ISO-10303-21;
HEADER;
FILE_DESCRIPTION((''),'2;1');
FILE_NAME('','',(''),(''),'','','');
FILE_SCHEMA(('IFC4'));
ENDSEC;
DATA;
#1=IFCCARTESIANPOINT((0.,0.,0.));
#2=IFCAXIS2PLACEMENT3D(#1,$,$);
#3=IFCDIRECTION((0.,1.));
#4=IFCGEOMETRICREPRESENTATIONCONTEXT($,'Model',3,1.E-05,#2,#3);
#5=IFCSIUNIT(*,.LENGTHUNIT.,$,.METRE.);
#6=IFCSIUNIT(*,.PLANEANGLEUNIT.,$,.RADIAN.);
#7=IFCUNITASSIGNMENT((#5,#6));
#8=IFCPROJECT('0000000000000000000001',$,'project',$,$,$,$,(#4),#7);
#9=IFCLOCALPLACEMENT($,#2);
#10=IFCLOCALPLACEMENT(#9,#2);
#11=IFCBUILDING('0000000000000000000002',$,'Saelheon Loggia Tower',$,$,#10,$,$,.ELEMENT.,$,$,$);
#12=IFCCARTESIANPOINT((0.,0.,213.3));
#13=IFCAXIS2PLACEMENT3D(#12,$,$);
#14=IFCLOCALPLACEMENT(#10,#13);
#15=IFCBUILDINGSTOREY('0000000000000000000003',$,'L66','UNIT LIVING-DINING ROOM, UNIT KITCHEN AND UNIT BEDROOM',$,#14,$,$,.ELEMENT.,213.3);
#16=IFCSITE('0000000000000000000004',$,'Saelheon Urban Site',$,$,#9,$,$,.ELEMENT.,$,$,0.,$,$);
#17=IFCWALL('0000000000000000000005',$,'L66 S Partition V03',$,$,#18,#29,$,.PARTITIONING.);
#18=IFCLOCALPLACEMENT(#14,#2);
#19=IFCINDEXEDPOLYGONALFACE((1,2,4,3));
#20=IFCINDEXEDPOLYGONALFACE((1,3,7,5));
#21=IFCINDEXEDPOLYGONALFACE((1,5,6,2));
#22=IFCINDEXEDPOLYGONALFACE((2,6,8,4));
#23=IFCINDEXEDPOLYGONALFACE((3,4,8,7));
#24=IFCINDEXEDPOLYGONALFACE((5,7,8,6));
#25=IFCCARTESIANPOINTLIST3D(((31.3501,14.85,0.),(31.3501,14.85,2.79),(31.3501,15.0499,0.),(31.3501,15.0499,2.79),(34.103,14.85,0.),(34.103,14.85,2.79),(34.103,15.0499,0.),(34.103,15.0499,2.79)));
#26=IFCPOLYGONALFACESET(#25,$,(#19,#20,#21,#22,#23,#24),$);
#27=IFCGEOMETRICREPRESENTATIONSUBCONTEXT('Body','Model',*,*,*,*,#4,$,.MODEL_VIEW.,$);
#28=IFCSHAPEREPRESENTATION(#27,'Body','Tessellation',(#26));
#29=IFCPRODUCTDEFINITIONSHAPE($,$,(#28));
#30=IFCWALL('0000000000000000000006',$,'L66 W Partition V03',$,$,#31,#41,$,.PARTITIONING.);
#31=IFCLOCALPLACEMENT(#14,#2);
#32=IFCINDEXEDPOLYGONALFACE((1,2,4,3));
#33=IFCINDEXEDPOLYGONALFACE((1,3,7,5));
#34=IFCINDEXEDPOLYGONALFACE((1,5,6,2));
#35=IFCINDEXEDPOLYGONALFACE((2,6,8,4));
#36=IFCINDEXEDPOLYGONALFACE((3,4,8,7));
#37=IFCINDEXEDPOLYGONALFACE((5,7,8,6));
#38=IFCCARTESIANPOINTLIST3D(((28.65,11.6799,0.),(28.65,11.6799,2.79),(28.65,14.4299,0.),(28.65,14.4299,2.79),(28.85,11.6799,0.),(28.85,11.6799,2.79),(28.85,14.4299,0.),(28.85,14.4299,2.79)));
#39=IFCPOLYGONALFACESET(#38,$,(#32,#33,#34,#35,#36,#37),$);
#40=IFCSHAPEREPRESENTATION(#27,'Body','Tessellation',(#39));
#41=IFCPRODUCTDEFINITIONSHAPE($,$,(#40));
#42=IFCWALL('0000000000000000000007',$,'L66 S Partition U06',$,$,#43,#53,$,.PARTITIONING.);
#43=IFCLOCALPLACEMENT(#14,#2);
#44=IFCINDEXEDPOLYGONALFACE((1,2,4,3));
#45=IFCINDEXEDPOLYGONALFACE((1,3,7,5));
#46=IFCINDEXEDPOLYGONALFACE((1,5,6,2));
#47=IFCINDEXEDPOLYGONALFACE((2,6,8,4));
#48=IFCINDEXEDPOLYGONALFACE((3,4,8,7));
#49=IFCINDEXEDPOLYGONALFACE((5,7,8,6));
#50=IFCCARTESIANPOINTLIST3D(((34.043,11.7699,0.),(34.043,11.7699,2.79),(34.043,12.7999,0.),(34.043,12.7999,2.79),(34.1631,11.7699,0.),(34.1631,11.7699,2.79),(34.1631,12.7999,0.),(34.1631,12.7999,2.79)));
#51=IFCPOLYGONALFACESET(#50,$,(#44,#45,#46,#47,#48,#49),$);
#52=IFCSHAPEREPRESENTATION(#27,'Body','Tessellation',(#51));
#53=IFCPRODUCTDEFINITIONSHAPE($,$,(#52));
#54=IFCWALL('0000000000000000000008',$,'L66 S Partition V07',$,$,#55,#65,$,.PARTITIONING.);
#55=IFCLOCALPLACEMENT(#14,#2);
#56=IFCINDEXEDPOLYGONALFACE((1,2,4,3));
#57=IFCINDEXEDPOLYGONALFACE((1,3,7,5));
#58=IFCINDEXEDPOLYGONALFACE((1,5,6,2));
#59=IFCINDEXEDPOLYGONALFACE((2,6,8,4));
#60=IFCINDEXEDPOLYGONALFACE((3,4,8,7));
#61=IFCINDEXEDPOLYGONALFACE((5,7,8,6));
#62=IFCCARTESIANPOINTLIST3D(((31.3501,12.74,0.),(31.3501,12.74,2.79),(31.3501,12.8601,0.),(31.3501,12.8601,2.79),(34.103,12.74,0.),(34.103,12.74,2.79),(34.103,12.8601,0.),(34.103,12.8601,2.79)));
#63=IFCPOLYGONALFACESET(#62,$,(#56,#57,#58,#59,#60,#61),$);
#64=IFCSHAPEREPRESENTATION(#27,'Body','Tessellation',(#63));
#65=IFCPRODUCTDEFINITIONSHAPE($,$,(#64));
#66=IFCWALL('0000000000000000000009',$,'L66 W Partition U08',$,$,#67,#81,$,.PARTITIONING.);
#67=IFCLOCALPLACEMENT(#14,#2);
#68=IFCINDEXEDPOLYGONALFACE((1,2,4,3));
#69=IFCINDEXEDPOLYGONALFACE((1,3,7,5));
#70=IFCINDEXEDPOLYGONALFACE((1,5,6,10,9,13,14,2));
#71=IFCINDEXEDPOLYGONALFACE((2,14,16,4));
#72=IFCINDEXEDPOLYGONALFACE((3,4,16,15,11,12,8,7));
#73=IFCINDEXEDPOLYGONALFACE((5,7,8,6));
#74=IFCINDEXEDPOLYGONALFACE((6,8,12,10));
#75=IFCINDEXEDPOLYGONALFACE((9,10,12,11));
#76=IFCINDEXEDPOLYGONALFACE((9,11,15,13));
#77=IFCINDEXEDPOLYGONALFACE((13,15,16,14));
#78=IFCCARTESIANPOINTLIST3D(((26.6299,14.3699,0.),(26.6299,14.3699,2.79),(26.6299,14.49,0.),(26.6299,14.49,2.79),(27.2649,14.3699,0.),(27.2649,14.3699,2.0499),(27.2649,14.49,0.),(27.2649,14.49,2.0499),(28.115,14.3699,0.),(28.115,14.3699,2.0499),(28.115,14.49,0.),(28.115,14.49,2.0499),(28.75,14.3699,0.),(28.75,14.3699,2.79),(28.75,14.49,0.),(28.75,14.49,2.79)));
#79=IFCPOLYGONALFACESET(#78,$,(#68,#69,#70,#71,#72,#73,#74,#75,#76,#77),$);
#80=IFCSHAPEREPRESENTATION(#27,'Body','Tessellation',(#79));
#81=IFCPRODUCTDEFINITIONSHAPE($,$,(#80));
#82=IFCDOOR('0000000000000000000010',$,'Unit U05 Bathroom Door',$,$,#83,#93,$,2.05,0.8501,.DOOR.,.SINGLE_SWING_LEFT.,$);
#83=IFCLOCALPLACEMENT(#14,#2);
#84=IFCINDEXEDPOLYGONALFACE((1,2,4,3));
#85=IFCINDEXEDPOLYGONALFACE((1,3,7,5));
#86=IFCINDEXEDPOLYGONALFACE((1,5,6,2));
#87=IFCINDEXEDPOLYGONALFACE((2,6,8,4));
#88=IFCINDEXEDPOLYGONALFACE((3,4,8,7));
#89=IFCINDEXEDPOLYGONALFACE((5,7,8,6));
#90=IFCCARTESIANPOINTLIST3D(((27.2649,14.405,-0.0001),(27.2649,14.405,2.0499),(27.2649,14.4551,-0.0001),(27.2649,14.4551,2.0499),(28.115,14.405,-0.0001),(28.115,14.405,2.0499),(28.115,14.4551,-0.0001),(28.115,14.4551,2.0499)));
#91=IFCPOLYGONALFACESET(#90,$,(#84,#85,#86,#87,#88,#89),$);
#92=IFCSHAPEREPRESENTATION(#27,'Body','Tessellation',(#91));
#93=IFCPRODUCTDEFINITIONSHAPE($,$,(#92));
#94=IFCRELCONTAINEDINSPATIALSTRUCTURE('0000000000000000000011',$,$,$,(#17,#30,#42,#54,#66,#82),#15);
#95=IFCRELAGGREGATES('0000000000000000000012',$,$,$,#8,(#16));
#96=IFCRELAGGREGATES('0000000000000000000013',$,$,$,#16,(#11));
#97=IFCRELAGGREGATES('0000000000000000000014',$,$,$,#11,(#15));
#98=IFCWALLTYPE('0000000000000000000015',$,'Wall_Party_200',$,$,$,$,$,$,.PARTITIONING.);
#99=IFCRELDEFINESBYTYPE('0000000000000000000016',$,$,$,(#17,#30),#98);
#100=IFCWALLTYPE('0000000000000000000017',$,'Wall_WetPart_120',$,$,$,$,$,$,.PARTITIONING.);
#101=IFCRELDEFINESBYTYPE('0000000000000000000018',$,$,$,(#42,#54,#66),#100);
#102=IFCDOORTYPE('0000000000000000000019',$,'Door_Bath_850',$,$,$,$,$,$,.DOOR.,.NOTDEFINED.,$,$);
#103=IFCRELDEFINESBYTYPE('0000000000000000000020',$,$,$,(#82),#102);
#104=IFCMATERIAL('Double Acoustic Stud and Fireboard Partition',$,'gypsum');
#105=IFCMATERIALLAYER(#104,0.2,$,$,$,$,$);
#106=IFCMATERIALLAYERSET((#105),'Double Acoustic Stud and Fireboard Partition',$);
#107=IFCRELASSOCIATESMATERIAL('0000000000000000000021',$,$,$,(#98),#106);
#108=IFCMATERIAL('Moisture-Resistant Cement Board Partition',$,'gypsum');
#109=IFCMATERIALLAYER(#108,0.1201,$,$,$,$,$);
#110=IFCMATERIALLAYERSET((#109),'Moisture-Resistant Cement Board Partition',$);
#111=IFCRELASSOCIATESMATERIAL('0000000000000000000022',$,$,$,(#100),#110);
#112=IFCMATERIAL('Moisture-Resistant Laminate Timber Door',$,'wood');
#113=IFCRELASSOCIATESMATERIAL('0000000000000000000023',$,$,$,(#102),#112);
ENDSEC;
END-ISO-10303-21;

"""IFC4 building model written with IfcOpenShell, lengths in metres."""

from ifc_helpers import new_model, si_unit, direction, frame, frame_2d, origin, place, context, subcontext, project, spatial, rectangle, extrude, source, transform, mapped, material, layer, layer_set, type_object, element, fill, save


model = new_model("IFC4")

# Units and contexts
model_context = context("Model", 3, precision=1e-05, world=origin(), true_north=direction((0.0, 1.0)))
body_context = subcontext(model_context, "Body", "Model", "MODEL_VIEW")
ifc_project = project(units=[si_unit("LENGTHUNIT", "METRE"), si_unit("PLANEANGLEUNIT", "RADIAN")], contexts=[model_context])

# Site, building, storey
site_placement = place(None, origin())
site = spatial("IfcSite", under=ifc_project, at=site_placement, Name="Saelheon Urban Site", CompositionType="ELEMENT", RefElevation=0.0)
building_placement = place(site_placement, origin())
building = spatial("IfcBuilding", under=site, at=building_placement, Name="Saelheon Loggia Tower", CompositionType="ELEMENT")
storey_placement = place(building_placement, frame((0.0, 0.0, 213.3)))
storey = spatial("IfcBuildingStorey", under=building, at=storey_placement, Name="L66", Description="UNIT LIVING-DINING ROOM, UNIT KITCHEN AND UNIT BEDROOM", CompositionType="ELEMENT", Elevation=213.3)

# Walls
ifc_material_1 = material(Name="Double Acoustic Stud and Fireboard Partition", Category="gypsum")
ifc_layer_1 = layer(ifc_material_1, 0.2)
ifc_layer_set_1 = layer_set([ifc_layer_1], Name="Double Acoustic Stud and Fireboard Partition")
wall_type_1 = type_object("IfcWallType", Name="Wall_Party_200", PredefinedType="PARTITIONING", material=ifc_layer_set_1)
wall_1_placement = place(storey_placement, frame((31.3501, 14.95, 0.0), z_axis=(0.0, 0.0, 1.0), x_axis=(1.0, 0.0, 0.0)))
element("IfcWall", 1, at=wall_1_placement, inside=storey, type_object=wall_type_1, Name="L66 S Partition V03", PredefinedType="PARTITIONING", context=body_context, shape_type="SweptSolid", body=[
    extrude(rectangle(XDim=2.7529, YDim=0.2, at=frame_2d((1.3765, 0.0))), origin(), (0.0, 0.0, 1.0), 2.79),
])
wall_2_placement = place(storey_placement, frame((28.75, 11.6799, 0.0), z_axis=(0.0, 0.0, 1.0), x_axis=(0.0, 1.0, 0.0)))
element("IfcWall", 2, at=wall_2_placement, inside=storey, type_object=wall_type_1, Name="L66 W Partition V03", PredefinedType="PARTITIONING", context=body_context, shape_type="SweptSolid", body=[
    extrude(rectangle(XDim=2.75, YDim=0.2, at=frame_2d((1.375, 0.0))), origin(), (0.0, 0.0, 1.0), 2.79),
])

# Walls
ifc_material_2 = material(Name="Moisture-Resistant Cement Board Partition", Category="gypsum")
ifc_layer_2 = layer(ifc_material_2, 0.1201)
ifc_layer_set_2 = layer_set([ifc_layer_2], Name="Moisture-Resistant Cement Board Partition")
wall_type_2 = type_object("IfcWallType", Name="Wall_WetPart_120", PredefinedType="PARTITIONING", material=ifc_layer_set_2)
wall_3_placement = place(storey_placement, frame((34.103, 12.8, 0.0), z_axis=(0.0, 0.0, 1.0), x_axis=(0.0, -1.0, 0.0)))
element("IfcWall", 3, at=wall_3_placement, inside=storey, type_object=wall_type_2, Name="L66 S Partition U06", PredefinedType="PARTITIONING", context=body_context, shape_type="SweptSolid", body=[
    extrude(rectangle(XDim=1.03, YDim=0.1201, at=frame_2d((0.5151, 0.0))), origin(), (0.0, 0.0, 1.0), 2.79),
])
wall_4_placement = place(storey_placement, frame((31.3501, 12.8, 0.0), z_axis=(0.0, 0.0, 1.0), x_axis=(1.0, 0.0, 0.0)))
element("IfcWall", 4, at=wall_4_placement, inside=storey, type_object=wall_type_2, Name="L66 S Partition V07", PredefinedType="PARTITIONING", context=body_context, shape_type="SweptSolid", body=[
    extrude(rectangle(XDim=2.7529, YDim=0.1201, at=frame_2d((1.3765, 0.0))), origin(), (0.0, 0.0, 1.0), 2.79),
])

# Wall, opening, door
wall_5_placement = place(storey_placement, frame((28.75, 14.4299, 0.0), z_axis=(0.0, 0.0, 1.0), x_axis=(-1.0, 0.0, 0.0)))
wall_5 = element("IfcWall", 5, at=wall_5_placement, inside=storey, type_object=wall_type_2, Name="L66 W Partition U08", PredefinedType="PARTITIONING", context=body_context, shape_type="SweptSolid", body=[
    extrude(rectangle(XDim=2.1201, YDim=0.1201, at=frame_2d((1.0601, 0.0))), origin(), (0.0, 0.0, 1.0), 2.79),
])
opening_1_placement = place(wall_5_placement, frame((0.635, 0.0, 0.0)))
opening_1 = element("IfcOpeningElement", 6, at=opening_1_placement, cuts=wall_5, PredefinedType="OPENING", context=body_context, shape_type="SweptSolid", body=[
    extrude(rectangle(XDim=0.8501, YDim=2.05, at=frame_2d((0.425, 1.0249))), frame((0.0, 0.072, 0.0), z_axis=(0.0, -1.0, 0.0), x_axis=(1.0, 0.0, 0.0)), (0.0, 0.0, 1.0), 0.144),
])
ifc_material_3 = material(Name="Moisture-Resistant Laminate Timber Door", Category="wood")
door_type_1 = type_object("IfcDoorType", Name="Door_Bath_850", OperationType="NOTDEFINED", PredefinedType="DOOR", material=ifc_material_3)
shared_shape_1 = source(origin(), body_context, "Body", "SweptSolid", [
    extrude(rectangle(XDim=0.8501, YDim=2.05, at=frame_2d((0.425, 1.0249))), frame((0.0, 0.0249, 0.0), z_axis=(0.0, -1.0, 0.0), x_axis=(1.0, 0.0, 0.0)), (0.0, 0.0, 1.0), 0.05),
])
door_1_placement = place(opening_1_placement, origin())
door_1 = element("IfcDoor", 7, at=door_1_placement, inside=storey, type_object=door_type_1, Name="Unit U05 Bathroom Door", OperationType="SINGLE_SWING_LEFT", OverallHeight=2.05, OverallWidth=0.8501, PredefinedType="DOOR", context=body_context, shape_type="MappedRepresentation", body=[
    mapped(shared_shape_1, transform((0.0, 0.0, 0.0), scale=1.0)),
])
fill(opening_1, door_1)

save(model, "model.ifc")
